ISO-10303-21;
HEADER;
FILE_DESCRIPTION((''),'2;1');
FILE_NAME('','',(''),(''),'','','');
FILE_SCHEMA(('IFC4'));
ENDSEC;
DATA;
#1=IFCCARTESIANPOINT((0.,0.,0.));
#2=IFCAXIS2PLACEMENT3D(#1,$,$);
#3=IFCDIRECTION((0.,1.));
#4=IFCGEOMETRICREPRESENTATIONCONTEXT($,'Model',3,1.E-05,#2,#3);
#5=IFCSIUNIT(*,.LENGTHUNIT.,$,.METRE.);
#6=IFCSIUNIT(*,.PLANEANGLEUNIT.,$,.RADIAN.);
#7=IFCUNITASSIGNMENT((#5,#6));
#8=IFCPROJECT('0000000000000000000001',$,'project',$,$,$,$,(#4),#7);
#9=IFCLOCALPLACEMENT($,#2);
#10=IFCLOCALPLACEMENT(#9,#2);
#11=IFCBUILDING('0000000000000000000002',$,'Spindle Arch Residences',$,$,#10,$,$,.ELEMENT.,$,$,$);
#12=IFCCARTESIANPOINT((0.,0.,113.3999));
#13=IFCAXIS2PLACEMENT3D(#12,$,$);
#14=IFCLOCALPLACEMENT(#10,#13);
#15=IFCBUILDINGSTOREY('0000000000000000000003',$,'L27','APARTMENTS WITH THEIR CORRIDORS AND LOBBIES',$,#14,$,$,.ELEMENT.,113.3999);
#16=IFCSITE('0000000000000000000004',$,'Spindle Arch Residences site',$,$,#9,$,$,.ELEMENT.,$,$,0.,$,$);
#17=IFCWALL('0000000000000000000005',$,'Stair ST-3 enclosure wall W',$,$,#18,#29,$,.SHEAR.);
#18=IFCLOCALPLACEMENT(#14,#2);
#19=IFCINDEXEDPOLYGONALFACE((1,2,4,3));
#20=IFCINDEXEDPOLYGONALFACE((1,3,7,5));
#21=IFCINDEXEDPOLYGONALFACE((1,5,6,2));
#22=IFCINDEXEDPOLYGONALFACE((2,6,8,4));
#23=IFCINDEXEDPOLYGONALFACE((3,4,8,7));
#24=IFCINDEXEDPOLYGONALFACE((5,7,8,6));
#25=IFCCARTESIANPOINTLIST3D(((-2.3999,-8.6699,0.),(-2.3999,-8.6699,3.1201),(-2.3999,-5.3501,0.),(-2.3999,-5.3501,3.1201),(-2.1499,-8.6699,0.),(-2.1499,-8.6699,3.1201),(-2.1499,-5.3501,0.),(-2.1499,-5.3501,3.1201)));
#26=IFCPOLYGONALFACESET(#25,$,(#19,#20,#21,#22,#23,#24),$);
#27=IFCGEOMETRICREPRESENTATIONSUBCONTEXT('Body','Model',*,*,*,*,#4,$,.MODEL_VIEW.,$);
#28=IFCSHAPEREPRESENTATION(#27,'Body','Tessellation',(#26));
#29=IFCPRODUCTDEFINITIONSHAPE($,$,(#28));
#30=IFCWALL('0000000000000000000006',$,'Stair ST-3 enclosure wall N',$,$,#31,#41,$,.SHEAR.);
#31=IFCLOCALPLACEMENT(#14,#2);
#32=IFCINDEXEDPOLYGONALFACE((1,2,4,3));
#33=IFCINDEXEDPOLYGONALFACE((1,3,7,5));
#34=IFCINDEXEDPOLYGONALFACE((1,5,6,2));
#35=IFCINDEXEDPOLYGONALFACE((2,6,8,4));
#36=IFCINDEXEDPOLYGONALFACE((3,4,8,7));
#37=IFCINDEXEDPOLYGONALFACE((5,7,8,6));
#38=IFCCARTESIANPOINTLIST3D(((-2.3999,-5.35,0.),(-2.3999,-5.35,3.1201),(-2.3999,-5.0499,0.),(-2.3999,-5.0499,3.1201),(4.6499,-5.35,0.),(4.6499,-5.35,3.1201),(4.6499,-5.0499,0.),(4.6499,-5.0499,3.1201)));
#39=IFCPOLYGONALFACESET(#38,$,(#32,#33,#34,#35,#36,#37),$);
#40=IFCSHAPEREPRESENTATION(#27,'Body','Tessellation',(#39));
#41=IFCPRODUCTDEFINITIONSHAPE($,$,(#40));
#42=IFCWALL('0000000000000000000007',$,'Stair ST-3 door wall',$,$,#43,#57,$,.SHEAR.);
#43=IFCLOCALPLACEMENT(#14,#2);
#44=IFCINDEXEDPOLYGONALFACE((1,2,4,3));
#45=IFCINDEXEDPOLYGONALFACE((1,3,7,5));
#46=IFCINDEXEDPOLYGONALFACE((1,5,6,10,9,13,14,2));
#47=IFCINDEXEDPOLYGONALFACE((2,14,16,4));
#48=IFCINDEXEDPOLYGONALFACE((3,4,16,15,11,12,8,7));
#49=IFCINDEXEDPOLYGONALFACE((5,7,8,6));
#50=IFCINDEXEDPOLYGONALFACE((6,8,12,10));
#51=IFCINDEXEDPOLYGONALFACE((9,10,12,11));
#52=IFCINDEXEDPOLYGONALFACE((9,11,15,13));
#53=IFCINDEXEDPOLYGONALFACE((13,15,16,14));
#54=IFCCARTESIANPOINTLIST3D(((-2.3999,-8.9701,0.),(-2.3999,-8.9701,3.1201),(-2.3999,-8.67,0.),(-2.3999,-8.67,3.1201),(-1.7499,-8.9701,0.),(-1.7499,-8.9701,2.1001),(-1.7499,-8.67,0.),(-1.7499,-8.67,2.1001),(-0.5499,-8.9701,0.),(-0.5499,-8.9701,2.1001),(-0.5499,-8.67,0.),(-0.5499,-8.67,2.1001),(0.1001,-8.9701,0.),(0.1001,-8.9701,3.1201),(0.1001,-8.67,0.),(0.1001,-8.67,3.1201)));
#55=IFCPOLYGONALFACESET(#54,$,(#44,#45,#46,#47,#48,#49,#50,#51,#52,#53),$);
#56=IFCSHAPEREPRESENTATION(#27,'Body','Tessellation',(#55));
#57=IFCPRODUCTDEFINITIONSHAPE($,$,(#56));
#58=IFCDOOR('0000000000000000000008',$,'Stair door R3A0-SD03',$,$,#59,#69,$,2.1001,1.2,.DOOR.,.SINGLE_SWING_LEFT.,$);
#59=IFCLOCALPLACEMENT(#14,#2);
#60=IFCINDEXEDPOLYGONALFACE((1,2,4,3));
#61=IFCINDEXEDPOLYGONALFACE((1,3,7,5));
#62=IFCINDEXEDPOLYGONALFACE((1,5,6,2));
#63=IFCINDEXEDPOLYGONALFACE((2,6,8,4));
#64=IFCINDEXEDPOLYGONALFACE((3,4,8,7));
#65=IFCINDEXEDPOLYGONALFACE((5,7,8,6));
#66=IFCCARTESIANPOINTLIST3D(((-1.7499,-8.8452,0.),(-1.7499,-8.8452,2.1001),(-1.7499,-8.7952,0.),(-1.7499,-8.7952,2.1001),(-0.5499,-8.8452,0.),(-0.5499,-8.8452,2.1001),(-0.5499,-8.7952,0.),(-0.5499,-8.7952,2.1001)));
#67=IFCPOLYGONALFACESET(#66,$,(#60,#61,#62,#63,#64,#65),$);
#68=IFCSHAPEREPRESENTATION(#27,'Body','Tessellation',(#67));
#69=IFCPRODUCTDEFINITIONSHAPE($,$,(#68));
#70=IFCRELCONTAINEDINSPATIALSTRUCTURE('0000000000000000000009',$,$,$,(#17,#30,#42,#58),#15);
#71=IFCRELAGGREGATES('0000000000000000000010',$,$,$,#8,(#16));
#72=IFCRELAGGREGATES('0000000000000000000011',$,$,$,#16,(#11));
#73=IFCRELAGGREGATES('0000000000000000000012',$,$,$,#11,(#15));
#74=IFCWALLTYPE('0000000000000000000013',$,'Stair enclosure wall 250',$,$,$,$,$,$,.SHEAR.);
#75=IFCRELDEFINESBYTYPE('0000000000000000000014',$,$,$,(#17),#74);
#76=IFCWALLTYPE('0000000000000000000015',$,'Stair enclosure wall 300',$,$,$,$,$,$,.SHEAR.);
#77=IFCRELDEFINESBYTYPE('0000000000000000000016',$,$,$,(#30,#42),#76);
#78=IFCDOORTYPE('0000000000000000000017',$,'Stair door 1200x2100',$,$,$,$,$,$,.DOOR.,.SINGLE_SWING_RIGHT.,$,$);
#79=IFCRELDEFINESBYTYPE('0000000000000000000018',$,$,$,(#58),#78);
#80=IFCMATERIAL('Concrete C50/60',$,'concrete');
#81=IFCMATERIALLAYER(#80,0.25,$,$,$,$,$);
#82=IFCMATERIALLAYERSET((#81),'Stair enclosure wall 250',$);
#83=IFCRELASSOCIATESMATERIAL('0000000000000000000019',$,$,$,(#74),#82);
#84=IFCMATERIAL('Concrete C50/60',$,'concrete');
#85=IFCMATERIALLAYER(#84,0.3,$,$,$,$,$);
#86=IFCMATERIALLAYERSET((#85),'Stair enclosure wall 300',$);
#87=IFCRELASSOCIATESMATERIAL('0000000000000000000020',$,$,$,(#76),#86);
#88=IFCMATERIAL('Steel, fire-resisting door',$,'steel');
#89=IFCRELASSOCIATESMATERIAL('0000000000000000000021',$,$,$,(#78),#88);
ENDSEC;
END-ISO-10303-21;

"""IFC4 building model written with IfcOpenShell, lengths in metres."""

from ifc_helpers import new_model, si_unit, direction, frame, frame_2d, origin, place, context, subcontext, project, spatial, rectangle, extrude, material, layer, layer_set, type_object, element, fill, save


model = new_model("IFC4")

# Units and contexts
model_context = context("Model", 3, precision=1e-05, world=origin(), true_north=direction((0.0, 1.0)))
body_context = subcontext(model_context, "Body", "Model", "MODEL_VIEW")
ifc_project = project(units=[si_unit("LENGTHUNIT", "METRE"), si_unit("PLANEANGLEUNIT", "RADIAN")], contexts=[model_context])

# Site, building, storey
site_placement = place(None, origin())
site = spatial("IfcSite", under=ifc_project, at=site_placement, Name="Spindle Arch Residences site", CompositionType="ELEMENT", RefElevation=0.0)
building_placement = place(site_placement, origin())
building = spatial("IfcBuilding", under=site, at=building_placement, Name="Spindle Arch Residences", CompositionType="ELEMENT")
storey_placement = place(building_placement, frame((0.0, 0.0, 113.3999)))
storey = spatial("IfcBuildingStorey", under=building, at=storey_placement, Name="L27", Description="APARTMENTS WITH THEIR CORRIDORS AND LOBBIES", CompositionType="ELEMENT", Elevation=113.3999)

# Walls
ifc_material_1 = material(Name="Concrete C50/60", Category="concrete")
ifc_layer_1 = layer(ifc_material_1, 0.25)
ifc_layer_set_1 = layer_set([ifc_layer_1], Name="Stair enclosure wall 250")
wall_type_1 = type_object("IfcWallType", Name="Stair enclosure wall 250", PredefinedType="SHEAR", material=ifc_layer_set_1)
wall_1_placement = place(storey_placement, frame((-2.2749, -8.6699, 0.0), z_axis=(0.0, 0.0, 1.0), x_axis=(0.0, 1.0, 0.0)))
element("IfcWall", 1, at=wall_1_placement, inside=storey, type_object=wall_type_1, Name="Stair ST-3 enclosure wall W", PredefinedType="SHEAR", context=body_context, shape_type="SweptSolid", body=[
    extrude(rectangle(XDim=3.3198, YDim=0.25, at=frame_2d((1.6599, 0.0))), origin(), (0.0, 0.0, 1.0), 3.1201),
])
ifc_material_2 = material(Name="Concrete C50/60", Category="concrete")
ifc_layer_2 = layer(ifc_material_2, 0.3)
ifc_layer_set_2 = layer_set([ifc_layer_2], Name="Stair enclosure wall 300")
wall_type_2 = type_object("IfcWallType", Name="Stair enclosure wall 300", PredefinedType="SHEAR", material=ifc_layer_set_2)
wall_2_placement = place(storey_placement, frame((-2.3999, -5.2, 0.0), z_axis=(0.0, 0.0, 1.0), x_axis=(1.0, 0.0, 0.0)))
element("IfcWall", 2, at=wall_2_placement, inside=storey, type_object=wall_type_2, Name="Stair ST-3 enclosure wall N", PredefinedType="SHEAR", context=body_context, shape_type="SweptSolid", body=[
    extrude(rectangle(XDim=7.0498, YDim=0.3, at=frame_2d((3.5249, 0.0))), origin(), (0.0, 0.0, 1.0), 3.1201),
])

# Wall, opening, door
wall_3_placement = place(storey_placement, frame((-2.3999, -8.8201, 0.0), z_axis=(0.0, 0.0, 1.0), x_axis=(1.0, 0.0, 0.0)))
wall_3 = element("IfcWall", 3, at=wall_3_placement, inside=storey, type_object=wall_type_2, Name="Stair ST-3 door wall", PredefinedType="SHEAR", context=body_context, shape_type="SweptSolid", body=[
    extrude(rectangle(XDim=2.5, YDim=0.3, at=frame_2d((1.25, 0.0))), origin(), (0.0, 0.0, 1.0), 3.1201),
])
opening_1_placement = place(wall_3_placement, frame((0.6499, 0.0, 0.0)))
opening_1 = element("IfcOpeningElement", 4, at=opening_1_placement, cuts=wall_3, PredefinedType="OPENING", context=body_context, shape_type="SweptSolid", body=[
    extrude(rectangle(XDim=1.2, YDim=2.1001, at=frame_2d((0.6001, 1.05))), frame((0.0, 0.1602, 0.0), z_axis=(0.0, -1.0, 0.0), x_axis=(1.0, 0.0, 0.0)), (0.0, 0.0, 1.0), 0.3201),
])
ifc_material_3 = material(Name="Steel, fire-resisting door", Category="steel")
door_type_1 = type_object("IfcDoorType", Name="Stair door 1200x2100", OperationType="SINGLE_SWING_RIGHT", PredefinedType="DOOR", material=ifc_material_3)
door_1_placement = place(opening_1_placement, origin())
door_1 = element("IfcDoor", 5, at=door_1_placement, inside=storey, type_object=door_type_1, Name="Stair door R3A0-SD03", OperationType="SINGLE_SWING_LEFT", OverallHeight=2.1001, OverallWidth=1.2, PredefinedType="DOOR", context=body_context, shape_type="SweptSolid", body=[
    extrude(rectangle(XDim=1.2, YDim=2.1001, at=frame_2d((0.6001, 1.05))), frame((0.0, 0.0249, 0.0), z_axis=(0.0, -1.0, 0.0), x_axis=(1.0, 0.0, 0.0)), (0.0, 0.0, 1.0), 0.05),
])
fill(opening_1, door_1)

save(model, "model.ifc")
